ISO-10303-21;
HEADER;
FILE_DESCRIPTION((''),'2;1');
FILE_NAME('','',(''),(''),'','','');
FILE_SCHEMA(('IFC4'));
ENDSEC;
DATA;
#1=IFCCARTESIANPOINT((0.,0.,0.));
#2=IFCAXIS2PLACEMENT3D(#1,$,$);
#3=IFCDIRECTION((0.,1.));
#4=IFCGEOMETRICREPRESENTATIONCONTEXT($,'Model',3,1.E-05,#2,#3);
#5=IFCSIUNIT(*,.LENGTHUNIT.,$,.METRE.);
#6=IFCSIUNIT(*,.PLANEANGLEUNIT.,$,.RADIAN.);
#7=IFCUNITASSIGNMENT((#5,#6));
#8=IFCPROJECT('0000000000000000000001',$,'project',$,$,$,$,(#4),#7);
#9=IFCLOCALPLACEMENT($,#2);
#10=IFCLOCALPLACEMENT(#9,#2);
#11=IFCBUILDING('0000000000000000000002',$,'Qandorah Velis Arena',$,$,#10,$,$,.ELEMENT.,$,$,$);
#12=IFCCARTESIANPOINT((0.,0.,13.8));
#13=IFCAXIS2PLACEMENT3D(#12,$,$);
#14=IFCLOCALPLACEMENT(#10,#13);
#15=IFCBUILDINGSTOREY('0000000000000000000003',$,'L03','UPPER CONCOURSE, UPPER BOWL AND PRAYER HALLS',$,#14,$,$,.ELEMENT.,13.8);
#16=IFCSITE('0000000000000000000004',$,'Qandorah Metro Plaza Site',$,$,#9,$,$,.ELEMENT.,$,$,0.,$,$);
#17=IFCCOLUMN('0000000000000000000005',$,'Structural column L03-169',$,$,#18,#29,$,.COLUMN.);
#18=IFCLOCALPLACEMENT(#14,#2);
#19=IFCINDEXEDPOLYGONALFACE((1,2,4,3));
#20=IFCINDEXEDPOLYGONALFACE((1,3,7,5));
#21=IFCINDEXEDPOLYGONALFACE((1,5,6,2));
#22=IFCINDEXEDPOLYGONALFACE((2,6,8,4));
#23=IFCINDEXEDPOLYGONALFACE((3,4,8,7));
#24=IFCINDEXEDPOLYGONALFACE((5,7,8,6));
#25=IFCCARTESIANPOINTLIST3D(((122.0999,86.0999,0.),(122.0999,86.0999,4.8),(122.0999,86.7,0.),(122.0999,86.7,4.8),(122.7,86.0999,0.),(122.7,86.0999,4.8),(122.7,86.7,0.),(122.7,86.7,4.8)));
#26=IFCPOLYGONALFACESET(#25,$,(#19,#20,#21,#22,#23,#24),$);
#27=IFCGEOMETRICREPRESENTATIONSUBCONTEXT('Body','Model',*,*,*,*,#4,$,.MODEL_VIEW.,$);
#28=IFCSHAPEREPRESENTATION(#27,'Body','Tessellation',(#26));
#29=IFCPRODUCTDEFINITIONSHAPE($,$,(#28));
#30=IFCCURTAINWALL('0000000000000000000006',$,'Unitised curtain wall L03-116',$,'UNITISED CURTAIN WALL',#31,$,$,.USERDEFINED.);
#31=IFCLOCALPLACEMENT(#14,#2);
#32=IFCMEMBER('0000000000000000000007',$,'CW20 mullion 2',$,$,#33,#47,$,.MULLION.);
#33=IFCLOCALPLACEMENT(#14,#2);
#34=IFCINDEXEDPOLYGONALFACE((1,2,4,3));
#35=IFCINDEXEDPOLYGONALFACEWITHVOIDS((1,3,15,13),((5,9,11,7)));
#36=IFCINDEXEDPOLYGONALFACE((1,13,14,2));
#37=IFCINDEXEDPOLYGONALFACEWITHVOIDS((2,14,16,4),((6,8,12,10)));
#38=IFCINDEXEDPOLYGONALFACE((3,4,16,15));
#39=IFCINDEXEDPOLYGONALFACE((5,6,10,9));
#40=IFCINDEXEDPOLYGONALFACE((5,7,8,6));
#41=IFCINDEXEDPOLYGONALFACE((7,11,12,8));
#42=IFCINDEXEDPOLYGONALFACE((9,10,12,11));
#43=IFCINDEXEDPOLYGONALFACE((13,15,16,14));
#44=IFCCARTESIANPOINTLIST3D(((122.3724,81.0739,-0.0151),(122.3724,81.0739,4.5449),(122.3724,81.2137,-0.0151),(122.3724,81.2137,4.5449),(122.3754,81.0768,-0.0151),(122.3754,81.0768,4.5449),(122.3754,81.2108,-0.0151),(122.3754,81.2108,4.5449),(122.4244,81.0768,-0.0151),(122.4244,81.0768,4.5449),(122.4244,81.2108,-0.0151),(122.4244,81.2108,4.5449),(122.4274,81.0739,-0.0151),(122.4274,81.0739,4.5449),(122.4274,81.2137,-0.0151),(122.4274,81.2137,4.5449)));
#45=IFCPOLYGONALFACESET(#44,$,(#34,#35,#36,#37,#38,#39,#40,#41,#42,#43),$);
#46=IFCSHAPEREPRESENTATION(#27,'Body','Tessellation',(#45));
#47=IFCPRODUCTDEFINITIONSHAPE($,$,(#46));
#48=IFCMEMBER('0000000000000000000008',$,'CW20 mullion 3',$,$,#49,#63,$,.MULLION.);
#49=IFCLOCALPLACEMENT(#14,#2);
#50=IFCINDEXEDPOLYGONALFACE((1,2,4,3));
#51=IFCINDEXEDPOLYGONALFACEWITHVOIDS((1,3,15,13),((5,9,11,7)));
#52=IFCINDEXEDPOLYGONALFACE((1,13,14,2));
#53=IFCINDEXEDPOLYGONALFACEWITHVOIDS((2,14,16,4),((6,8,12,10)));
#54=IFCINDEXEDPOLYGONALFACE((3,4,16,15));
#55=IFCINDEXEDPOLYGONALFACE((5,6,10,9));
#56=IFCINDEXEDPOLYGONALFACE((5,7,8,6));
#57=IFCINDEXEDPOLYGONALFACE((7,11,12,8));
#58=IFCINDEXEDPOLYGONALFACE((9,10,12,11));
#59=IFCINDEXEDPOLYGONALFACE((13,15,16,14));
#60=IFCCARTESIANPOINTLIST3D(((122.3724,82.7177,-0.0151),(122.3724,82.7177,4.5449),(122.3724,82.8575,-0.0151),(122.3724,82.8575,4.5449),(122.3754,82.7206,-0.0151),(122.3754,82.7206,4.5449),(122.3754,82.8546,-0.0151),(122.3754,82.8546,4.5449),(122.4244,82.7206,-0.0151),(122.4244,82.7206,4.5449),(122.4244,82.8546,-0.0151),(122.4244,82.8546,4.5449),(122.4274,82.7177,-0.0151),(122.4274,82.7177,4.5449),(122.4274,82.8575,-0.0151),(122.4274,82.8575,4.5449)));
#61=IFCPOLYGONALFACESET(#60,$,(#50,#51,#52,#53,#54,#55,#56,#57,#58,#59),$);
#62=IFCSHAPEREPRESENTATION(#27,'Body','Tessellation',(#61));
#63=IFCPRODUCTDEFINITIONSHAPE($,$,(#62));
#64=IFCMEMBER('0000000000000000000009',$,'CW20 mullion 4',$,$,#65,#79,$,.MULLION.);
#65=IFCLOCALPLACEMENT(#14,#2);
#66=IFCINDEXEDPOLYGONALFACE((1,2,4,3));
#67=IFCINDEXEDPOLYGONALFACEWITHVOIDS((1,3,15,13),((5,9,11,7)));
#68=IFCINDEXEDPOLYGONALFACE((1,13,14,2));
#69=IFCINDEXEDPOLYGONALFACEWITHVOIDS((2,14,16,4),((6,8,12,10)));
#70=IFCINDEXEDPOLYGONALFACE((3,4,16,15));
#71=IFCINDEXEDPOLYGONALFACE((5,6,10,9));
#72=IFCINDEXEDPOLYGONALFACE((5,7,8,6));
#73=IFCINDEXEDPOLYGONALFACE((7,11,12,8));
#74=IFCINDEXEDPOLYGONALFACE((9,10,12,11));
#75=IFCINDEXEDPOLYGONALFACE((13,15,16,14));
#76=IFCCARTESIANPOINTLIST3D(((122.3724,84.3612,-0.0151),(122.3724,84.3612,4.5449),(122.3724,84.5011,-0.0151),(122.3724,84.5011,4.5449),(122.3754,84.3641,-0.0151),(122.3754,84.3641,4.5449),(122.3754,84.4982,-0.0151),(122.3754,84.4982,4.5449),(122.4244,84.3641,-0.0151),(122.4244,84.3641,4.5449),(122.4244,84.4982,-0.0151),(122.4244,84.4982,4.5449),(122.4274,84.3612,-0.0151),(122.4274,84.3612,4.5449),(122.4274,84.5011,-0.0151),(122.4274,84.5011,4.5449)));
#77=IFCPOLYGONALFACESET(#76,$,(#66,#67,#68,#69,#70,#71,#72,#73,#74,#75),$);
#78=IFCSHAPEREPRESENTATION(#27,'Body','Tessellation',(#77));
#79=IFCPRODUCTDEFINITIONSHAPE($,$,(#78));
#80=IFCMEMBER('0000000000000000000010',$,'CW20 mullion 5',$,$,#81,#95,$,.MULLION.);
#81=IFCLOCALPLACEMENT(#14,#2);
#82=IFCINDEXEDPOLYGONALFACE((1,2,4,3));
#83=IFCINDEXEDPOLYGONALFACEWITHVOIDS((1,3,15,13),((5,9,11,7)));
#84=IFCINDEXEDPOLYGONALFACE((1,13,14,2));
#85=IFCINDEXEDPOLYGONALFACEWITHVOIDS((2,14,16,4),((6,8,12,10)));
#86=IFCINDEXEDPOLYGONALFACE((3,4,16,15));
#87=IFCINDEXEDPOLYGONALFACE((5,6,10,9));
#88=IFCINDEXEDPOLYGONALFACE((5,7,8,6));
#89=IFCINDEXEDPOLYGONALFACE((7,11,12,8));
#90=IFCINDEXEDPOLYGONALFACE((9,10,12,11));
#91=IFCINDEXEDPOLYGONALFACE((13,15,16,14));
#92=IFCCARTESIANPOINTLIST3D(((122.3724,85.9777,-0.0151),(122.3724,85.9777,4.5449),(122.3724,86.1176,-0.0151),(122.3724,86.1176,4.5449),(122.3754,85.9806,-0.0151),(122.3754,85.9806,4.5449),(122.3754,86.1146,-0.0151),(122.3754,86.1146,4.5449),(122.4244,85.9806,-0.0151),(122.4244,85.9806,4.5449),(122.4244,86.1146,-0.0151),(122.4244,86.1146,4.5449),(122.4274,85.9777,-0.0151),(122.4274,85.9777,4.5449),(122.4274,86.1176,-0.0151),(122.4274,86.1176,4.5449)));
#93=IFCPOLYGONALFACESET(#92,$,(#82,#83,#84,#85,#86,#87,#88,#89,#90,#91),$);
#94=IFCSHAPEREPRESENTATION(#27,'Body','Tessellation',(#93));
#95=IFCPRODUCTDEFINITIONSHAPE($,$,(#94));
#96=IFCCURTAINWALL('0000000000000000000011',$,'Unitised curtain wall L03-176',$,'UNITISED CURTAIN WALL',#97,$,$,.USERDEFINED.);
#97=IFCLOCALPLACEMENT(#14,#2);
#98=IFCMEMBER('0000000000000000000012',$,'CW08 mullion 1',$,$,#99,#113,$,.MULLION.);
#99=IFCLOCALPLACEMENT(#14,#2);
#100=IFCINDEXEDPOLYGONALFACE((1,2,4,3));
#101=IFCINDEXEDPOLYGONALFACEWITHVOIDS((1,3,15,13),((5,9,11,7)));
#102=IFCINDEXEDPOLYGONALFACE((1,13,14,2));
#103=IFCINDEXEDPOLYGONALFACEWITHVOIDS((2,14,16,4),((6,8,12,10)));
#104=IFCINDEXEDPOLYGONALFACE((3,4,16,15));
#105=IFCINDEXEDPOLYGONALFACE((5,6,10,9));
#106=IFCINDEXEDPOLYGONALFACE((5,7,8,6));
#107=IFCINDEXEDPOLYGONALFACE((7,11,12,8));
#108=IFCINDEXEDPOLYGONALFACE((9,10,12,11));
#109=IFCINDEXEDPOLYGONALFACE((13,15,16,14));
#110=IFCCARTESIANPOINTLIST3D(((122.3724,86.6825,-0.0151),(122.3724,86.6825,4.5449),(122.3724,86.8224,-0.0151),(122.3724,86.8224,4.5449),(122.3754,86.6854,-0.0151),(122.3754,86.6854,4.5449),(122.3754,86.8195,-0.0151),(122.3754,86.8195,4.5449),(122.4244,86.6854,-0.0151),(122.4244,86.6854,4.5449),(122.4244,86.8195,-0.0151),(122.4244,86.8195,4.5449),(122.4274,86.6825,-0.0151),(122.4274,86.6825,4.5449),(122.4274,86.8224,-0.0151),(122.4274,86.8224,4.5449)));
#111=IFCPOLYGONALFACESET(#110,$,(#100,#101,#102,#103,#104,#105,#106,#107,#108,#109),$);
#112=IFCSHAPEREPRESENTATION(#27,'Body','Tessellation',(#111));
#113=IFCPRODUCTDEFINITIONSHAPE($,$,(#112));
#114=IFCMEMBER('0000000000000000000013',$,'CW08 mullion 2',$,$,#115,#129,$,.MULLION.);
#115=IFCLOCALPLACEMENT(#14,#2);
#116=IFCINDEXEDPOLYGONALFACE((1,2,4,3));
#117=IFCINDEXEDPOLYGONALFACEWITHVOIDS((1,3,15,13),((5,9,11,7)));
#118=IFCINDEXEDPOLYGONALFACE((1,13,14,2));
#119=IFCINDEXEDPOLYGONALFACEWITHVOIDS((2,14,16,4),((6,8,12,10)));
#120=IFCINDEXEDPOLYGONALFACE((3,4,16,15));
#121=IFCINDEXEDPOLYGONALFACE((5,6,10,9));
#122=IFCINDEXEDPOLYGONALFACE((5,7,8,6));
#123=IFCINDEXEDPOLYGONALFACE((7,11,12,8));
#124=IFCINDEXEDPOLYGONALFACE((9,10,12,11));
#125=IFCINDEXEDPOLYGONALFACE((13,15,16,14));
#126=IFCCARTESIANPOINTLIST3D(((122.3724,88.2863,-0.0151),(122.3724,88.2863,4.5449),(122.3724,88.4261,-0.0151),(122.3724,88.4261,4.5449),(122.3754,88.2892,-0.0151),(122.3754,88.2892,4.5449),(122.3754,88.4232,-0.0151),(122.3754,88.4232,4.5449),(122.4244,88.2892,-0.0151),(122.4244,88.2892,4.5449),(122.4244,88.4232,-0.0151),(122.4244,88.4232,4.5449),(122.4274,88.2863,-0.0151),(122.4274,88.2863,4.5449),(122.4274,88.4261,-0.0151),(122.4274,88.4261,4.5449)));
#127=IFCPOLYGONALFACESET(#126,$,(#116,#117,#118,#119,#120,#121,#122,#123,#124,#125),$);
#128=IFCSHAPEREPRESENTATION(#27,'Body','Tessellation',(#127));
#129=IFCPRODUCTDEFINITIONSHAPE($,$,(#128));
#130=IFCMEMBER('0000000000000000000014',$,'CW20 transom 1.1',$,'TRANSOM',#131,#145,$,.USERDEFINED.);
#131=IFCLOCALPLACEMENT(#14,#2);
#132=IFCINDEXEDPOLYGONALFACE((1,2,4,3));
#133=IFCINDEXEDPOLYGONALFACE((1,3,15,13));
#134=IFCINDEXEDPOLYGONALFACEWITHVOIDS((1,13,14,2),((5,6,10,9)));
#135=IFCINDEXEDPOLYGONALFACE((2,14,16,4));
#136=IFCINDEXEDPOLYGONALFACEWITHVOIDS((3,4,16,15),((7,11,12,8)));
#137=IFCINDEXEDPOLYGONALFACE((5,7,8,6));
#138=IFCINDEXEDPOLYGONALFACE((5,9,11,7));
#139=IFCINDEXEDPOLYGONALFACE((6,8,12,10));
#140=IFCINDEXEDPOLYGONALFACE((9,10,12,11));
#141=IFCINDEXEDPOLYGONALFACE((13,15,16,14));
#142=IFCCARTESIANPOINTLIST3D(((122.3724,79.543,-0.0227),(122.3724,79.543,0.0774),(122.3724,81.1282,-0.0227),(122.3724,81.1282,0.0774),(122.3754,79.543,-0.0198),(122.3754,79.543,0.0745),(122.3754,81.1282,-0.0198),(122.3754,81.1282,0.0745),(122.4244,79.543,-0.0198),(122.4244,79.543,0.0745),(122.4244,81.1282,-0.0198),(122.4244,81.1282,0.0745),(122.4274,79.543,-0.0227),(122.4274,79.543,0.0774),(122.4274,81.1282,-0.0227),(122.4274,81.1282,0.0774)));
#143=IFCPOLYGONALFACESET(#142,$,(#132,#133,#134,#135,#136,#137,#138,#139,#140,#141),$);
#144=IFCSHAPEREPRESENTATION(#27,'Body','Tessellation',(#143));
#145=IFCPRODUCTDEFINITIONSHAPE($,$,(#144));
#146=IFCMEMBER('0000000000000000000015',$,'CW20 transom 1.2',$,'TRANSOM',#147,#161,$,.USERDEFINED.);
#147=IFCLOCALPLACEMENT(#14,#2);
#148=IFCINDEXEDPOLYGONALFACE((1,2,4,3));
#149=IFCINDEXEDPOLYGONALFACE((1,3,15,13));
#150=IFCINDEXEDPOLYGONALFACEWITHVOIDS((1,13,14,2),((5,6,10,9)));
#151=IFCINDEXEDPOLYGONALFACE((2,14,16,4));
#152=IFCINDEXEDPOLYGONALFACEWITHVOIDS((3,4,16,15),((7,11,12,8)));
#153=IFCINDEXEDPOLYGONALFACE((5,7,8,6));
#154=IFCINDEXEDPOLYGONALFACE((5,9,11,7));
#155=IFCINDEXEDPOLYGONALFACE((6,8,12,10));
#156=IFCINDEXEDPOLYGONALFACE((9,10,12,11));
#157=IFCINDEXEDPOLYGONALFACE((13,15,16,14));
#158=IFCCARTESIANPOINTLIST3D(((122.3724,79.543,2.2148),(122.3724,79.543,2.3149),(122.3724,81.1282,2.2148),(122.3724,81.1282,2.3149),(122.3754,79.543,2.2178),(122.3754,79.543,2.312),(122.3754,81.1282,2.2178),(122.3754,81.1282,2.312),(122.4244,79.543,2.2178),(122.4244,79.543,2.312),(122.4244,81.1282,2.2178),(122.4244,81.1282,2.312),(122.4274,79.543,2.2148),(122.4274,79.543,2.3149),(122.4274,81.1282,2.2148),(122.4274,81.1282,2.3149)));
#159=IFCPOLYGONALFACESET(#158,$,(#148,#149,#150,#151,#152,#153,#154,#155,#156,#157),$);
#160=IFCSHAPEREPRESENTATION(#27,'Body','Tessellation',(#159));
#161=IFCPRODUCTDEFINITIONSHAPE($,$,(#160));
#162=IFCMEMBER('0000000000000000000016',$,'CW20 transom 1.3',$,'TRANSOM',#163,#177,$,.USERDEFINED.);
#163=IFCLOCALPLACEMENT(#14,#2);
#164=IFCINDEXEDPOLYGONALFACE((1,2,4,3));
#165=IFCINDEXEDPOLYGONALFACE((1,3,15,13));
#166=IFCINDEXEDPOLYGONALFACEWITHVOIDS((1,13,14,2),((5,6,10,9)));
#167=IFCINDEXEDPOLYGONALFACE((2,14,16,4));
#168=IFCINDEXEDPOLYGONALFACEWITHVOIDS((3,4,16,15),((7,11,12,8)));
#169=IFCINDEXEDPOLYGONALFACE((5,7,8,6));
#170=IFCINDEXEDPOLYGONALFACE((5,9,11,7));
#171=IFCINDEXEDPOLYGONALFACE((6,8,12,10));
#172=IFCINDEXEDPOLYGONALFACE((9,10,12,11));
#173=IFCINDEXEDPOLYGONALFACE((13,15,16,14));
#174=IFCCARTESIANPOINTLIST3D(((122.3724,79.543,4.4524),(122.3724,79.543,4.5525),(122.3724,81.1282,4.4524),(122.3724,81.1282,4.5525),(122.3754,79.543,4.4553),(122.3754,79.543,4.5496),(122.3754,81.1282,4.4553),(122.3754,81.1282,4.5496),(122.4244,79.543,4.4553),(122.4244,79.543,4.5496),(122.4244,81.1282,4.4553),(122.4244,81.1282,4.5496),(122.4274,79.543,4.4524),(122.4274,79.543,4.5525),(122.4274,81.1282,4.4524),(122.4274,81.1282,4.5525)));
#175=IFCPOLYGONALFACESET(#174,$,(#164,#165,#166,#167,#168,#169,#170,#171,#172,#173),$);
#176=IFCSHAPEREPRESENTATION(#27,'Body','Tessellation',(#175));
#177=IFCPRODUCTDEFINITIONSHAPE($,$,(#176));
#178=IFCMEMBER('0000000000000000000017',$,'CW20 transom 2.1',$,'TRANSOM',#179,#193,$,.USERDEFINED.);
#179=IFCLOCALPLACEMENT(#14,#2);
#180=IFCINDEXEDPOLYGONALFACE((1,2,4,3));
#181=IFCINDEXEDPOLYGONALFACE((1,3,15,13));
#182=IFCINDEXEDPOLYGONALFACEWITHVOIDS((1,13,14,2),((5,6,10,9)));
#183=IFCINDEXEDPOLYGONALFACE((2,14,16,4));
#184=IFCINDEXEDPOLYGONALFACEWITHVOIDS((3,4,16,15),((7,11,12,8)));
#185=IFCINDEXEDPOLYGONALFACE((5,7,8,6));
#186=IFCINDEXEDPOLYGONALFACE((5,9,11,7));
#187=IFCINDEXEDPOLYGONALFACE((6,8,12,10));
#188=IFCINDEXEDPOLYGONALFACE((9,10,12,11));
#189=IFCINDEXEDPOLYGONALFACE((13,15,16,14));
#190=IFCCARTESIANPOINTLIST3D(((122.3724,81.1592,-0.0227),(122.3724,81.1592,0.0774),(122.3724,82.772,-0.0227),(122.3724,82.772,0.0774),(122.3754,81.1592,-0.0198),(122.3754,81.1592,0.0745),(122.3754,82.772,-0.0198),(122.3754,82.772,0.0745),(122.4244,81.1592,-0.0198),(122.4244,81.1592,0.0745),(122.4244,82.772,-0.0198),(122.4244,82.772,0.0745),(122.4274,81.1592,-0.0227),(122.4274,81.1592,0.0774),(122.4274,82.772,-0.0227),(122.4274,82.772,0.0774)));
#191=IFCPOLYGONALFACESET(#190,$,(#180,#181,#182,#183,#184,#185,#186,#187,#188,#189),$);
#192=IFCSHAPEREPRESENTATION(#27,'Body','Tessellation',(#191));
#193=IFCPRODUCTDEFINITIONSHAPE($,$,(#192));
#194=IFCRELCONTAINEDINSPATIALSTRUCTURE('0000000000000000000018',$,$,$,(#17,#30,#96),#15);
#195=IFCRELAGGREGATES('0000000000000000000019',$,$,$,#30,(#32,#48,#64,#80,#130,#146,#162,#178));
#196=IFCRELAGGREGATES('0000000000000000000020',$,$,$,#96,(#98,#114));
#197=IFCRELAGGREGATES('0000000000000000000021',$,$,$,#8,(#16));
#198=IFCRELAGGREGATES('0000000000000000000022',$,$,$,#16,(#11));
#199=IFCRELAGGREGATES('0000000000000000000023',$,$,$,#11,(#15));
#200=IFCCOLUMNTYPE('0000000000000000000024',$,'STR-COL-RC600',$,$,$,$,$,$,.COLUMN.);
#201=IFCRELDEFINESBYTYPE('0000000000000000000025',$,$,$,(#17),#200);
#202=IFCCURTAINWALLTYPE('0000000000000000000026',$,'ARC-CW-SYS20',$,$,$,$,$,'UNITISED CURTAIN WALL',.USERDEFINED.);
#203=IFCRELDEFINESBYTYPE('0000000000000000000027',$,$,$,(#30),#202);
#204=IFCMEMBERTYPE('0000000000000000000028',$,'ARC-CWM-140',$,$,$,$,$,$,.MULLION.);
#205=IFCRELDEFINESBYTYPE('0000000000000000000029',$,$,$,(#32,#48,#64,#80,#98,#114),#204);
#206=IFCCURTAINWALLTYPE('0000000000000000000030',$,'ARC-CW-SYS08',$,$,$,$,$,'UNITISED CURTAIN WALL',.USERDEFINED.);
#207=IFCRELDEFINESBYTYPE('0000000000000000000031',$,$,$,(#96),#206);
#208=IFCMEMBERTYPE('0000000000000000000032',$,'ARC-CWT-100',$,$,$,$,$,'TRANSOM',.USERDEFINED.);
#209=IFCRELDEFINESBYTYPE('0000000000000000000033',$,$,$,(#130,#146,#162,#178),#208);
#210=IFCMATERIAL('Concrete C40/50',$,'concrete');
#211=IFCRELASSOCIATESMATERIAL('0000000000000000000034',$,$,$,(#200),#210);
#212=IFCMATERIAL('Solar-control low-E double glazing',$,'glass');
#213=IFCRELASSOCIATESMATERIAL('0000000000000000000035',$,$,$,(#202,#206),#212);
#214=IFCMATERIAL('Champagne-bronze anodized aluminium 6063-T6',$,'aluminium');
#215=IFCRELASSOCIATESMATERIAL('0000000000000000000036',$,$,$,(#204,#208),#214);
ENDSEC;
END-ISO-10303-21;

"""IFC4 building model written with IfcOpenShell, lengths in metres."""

from ifc_helpers import new_model, si_unit, direction, frame, origin, origin_2d, place, context, subcontext, project, spatial, rectangle, hollow_rectangle, extrude, material, material_profile, profile_set, type_object, element, aggregate, save


model = new_model("IFC4")

# Units and contexts
model_context = context("Model", 3, precision=1e-05, world=origin(), true_north=direction((0.0, 1.0)))
body_context = subcontext(model_context, "Body", "Model", "MODEL_VIEW")
ifc_project = project(units=[si_unit("LENGTHUNIT", "METRE"), si_unit("PLANEANGLEUNIT", "RADIAN")], contexts=[model_context])

# Site, building, storey
site_placement = place(None, origin())
site = spatial("IfcSite", under=ifc_project, at=site_placement, Name="Qandorah Metro Plaza Site", CompositionType="ELEMENT", RefElevation=0.0)
building_placement = place(site_placement, origin())
building = spatial("IfcBuilding", under=site, at=building_placement, Name="Qandorah Velis Arena", CompositionType="ELEMENT")
storey_placement = place(building_placement, frame((0.0, 0.0, 13.8)))
storey = spatial("IfcBuildingStorey", under=building, at=storey_placement, Name="L03", Description="UPPER CONCOURSE, UPPER BOWL AND PRAYER HALLS", CompositionType="ELEMENT", Elevation=13.8)

# Column
ifc_material_1 = material(Name="Concrete C40/50", Category="concrete")
ifc_material_profile_1 = material_profile(ifc_material_1, rectangle(XDim=0.6001, YDim=0.6001, at=origin_2d()), Name="RC COL 600x600")
ifc_profile_set_1 = profile_set([ifc_material_profile_1], Name="Concrete C40/50")
column_type = type_object("IfcColumnType", Name="STR-COL-RC600", PredefinedType="COLUMN", material=ifc_profile_set_1)
column_placement = place(storey_placement, frame((122.3999, 86.3999, 0.0), z_axis=(0.0, 0.0, 1.0), x_axis=(1.0, 0.0, 0.0)))
element("IfcColumn", 1, at=column_placement, inside=storey, type_object=column_type, Name="Structural column L03-169", PredefinedType="COLUMN", context=body_context, shape_type="SweptSolid", body=[
    extrude(rectangle(XDim=0.6001, YDim=0.6001, at=origin_2d()), origin(), (0.0, 0.0, 1.0), 4.8),
])

# Curtain walls, members
ifc_material_2 = material(Name="Solar-control low-E double glazing", Category="glass")
curtain_wall_type_1 = type_object("IfcCurtainWallType", Name="ARC-CW-SYS20", ElementType="UNITISED CURTAIN WALL", PredefinedType="USERDEFINED", material=ifc_material_2)
curtain_wall_1_placement = place(storey_placement, origin())
curtain_wall_1 = element("IfcCurtainWall", 2, at=curtain_wall_1_placement, inside=storey, type_object=curtain_wall_type_1, Name="Unitised curtain wall L03-116", ObjectType="UNITISED CURTAIN WALL", PredefinedType="USERDEFINED")
ifc_material_3 = material(Name="Champagne-bronze anodized aluminium 6063-T6", Category="aluminium")
ifc_material_profile_2 = material_profile(ifc_material_3, hollow_rectangle(XDim=0.0549, YDim=0.1399, WallThickness=0.0029, at=origin_2d()), Name="ALU MULLION 55x140")
ifc_profile_set_2 = profile_set([ifc_material_profile_2], Name="Champagne-bronze anodized aluminium 6063-T6")
member_type_1 = type_object("IfcMemberType", Name="ARC-CWM-140", PredefinedType="MULLION", material=ifc_profile_set_2)
member_1_placement = place(storey_placement, frame((122.3999, 81.1438, -0.0151), z_axis=(0.0, 0.0, 1.0), x_axis=(-1.0, 0.0, 0.0)))
member_1 = element("IfcMember", 3, at=member_1_placement, type_object=member_type_1, Name="CW20 mullion 2", PredefinedType="MULLION", context=body_context, shape_type="SweptSolid", body=[
    extrude(hollow_rectangle(XDim=0.0549, YDim=0.1399, WallThickness=0.0029, at=origin_2d()), origin(), (0.0, 0.0, 1.0), 4.5601),
])
member_2_placement = place(storey_placement, frame((122.3999, 82.7876, -0.0151), z_axis=(0.0, 0.0, 1.0), x_axis=(-1.0, 0.0, 0.0)))
member_2 = element("IfcMember", 4, at=member_2_placement, type_object=member_type_1, Name="CW20 mullion 3", PredefinedType="MULLION", context=body_context, shape_type="SweptSolid", body=[
    extrude(hollow_rectangle(XDim=0.0549, YDim=0.1399, WallThickness=0.0029, at=origin_2d()), origin(), (0.0, 0.0, 1.0), 4.5601),
])
member_3_placement = place(storey_placement, frame((122.3999, 84.4312, -0.0151), z_axis=(0.0, 0.0, 1.0), x_axis=(-1.0, 0.0, 0.0)))
member_3 = element("IfcMember", 5, at=member_3_placement, type_object=member_type_1, Name="CW20 mullion 4", PredefinedType="MULLION", context=body_context, shape_type="SweptSolid", body=[
    extrude(hollow_rectangle(XDim=0.0549, YDim=0.1399, WallThickness=0.0029, at=origin_2d()), origin(), (0.0, 0.0, 1.0), 4.5601),
])
member_4_placement = place(storey_placement, frame((122.3999, 86.0476, -0.0151), z_axis=(0.0, 0.0, 1.0), x_axis=(-1.0, 0.0, 0.0)))
member_4 = element("IfcMember", 6, at=member_4_placement, type_object=member_type_1, Name="CW20 mullion 5", PredefinedType="MULLION", context=body_context, shape_type="SweptSolid", body=[
    extrude(hollow_rectangle(XDim=0.0549, YDim=0.1399, WallThickness=0.0029, at=origin_2d()), origin(), (0.0, 0.0, 1.0), 4.5601),
])
curtain_wall_type_2 = type_object("IfcCurtainWallType", Name="ARC-CW-SYS08", ElementType="UNITISED CURTAIN WALL", PredefinedType="USERDEFINED", material=ifc_material_2)
curtain_wall_2_placement = place(storey_placement, origin())
curtain_wall_2 = element("IfcCurtainWall", 7, at=curtain_wall_2_placement, inside=storey, type_object=curtain_wall_type_2, Name="Unitised curtain wall L03-176", ObjectType="UNITISED CURTAIN WALL", PredefinedType="USERDEFINED")
member_5_placement = place(storey_placement, frame((122.3999, 86.7524, -0.0151), z_axis=(0.0, 0.0, 1.0), x_axis=(-1.0, 0.0, 0.0)))
member_5 = element("IfcMember", 8, at=member_5_placement, type_object=member_type_1, Name="CW08 mullion 1", PredefinedType="MULLION", context=body_context, shape_type="SweptSolid", body=[
    extrude(hollow_rectangle(XDim=0.0549, YDim=0.1399, WallThickness=0.0029, at=origin_2d()), origin(), (0.0, 0.0, 1.0), 4.5601),
])
member_6_placement = place(storey_placement, frame((122.3999, 88.3562, -0.0151), z_axis=(0.0, 0.0, 1.0), x_axis=(-1.0, 0.0, 0.0)))
member_6 = element("IfcMember", 9, at=member_6_placement, type_object=member_type_1, Name="CW08 mullion 2", PredefinedType="MULLION", context=body_context, shape_type="SweptSolid", body=[
    extrude(hollow_rectangle(XDim=0.0549, YDim=0.1399, WallThickness=0.0029, at=origin_2d()), origin(), (0.0, 0.0, 1.0), 4.5601),
])

# Members
ifc_material_profile_3 = material_profile(ifc_material_3, hollow_rectangle(XDim=0.0549, YDim=0.1001, WallThickness=0.0029, at=origin_2d()), Name="ALU TRANSOM 55x100")
ifc_profile_set_3 = profile_set([ifc_material_profile_3], Name="Champagne-bronze anodized aluminium 6063-T6")
member_type_2 = type_object("IfcMemberType", Name="ARC-CWT-100", ElementType="TRANSOM", PredefinedType="USERDEFINED", material=ifc_profile_set_3)
member_7_placement = place(storey_placement, frame((122.3999, 79.543, 0.0273), z_axis=(0.0, 1.0, 0.0), x_axis=(-1.0, 0.0, 0.0)))
member_7 = element("IfcMember", 10, at=member_7_placement, type_object=member_type_2, Name="CW20 transom 1.1", ObjectType="TRANSOM", PredefinedType="USERDEFINED", context=body_context, shape_type="SweptSolid", body=[
    extrude(hollow_rectangle(XDim=0.0549, YDim=0.1001, WallThickness=0.0029, at=origin_2d()), origin(), (0.0, 0.0, 1.0), 1.5852),
])
member_8_placement = place(storey_placement, frame((122.3999, 79.543, 2.2649), z_axis=(0.0, 1.0, 0.0), x_axis=(-1.0, 0.0, 0.0)))
member_8 = element("IfcMember", 11, at=member_8_placement, type_object=member_type_2, Name="CW20 transom 1.2", ObjectType="TRANSOM", PredefinedType="USERDEFINED", context=body_context, shape_type="SweptSolid", body=[
    extrude(hollow_rectangle(XDim=0.0549, YDim=0.1001, WallThickness=0.0029, at=origin_2d()), origin(), (0.0, 0.0, 1.0), 1.5852),
])
member_9_placement = place(storey_placement, frame((122.3999, 79.543, 4.5024), z_axis=(0.0, 1.0, 0.0), x_axis=(-1.0, 0.0, 0.0)))
member_9 = element("IfcMember", 12, at=member_9_placement, type_object=member_type_2, Name="CW20 transom 1.3", ObjectType="TRANSOM", PredefinedType="USERDEFINED", context=body_context, shape_type="SweptSolid", body=[
    extrude(hollow_rectangle(XDim=0.0549, YDim=0.1001, WallThickness=0.0029, at=origin_2d()), origin(), (0.0, 0.0, 1.0), 1.5852),
])
member_10_placement = place(storey_placement, frame((122.3999, 81.1592, 0.0273), z_axis=(0.0, 1.0, 0.0), x_axis=(-1.0, 0.0, 0.0)))
member_10 = element("IfcMember", 13, at=member_10_placement, type_object=member_type_2, Name="CW20 transom 2.1", ObjectType="TRANSOM", PredefinedType="USERDEFINED", context=body_context, shape_type="SweptSolid", body=[
    extrude(hollow_rectangle(XDim=0.0549, YDim=0.1001, WallThickness=0.0029, at=origin_2d()), origin(), (0.0, 0.0, 1.0), 1.6128),
])

aggregate(curtain_wall_1, [member_1, member_2, member_3, member_4, member_7, member_8, member_9, member_10])
aggregate(curtain_wall_2, [member_5, member_6])

save(model, "model.ifc")
